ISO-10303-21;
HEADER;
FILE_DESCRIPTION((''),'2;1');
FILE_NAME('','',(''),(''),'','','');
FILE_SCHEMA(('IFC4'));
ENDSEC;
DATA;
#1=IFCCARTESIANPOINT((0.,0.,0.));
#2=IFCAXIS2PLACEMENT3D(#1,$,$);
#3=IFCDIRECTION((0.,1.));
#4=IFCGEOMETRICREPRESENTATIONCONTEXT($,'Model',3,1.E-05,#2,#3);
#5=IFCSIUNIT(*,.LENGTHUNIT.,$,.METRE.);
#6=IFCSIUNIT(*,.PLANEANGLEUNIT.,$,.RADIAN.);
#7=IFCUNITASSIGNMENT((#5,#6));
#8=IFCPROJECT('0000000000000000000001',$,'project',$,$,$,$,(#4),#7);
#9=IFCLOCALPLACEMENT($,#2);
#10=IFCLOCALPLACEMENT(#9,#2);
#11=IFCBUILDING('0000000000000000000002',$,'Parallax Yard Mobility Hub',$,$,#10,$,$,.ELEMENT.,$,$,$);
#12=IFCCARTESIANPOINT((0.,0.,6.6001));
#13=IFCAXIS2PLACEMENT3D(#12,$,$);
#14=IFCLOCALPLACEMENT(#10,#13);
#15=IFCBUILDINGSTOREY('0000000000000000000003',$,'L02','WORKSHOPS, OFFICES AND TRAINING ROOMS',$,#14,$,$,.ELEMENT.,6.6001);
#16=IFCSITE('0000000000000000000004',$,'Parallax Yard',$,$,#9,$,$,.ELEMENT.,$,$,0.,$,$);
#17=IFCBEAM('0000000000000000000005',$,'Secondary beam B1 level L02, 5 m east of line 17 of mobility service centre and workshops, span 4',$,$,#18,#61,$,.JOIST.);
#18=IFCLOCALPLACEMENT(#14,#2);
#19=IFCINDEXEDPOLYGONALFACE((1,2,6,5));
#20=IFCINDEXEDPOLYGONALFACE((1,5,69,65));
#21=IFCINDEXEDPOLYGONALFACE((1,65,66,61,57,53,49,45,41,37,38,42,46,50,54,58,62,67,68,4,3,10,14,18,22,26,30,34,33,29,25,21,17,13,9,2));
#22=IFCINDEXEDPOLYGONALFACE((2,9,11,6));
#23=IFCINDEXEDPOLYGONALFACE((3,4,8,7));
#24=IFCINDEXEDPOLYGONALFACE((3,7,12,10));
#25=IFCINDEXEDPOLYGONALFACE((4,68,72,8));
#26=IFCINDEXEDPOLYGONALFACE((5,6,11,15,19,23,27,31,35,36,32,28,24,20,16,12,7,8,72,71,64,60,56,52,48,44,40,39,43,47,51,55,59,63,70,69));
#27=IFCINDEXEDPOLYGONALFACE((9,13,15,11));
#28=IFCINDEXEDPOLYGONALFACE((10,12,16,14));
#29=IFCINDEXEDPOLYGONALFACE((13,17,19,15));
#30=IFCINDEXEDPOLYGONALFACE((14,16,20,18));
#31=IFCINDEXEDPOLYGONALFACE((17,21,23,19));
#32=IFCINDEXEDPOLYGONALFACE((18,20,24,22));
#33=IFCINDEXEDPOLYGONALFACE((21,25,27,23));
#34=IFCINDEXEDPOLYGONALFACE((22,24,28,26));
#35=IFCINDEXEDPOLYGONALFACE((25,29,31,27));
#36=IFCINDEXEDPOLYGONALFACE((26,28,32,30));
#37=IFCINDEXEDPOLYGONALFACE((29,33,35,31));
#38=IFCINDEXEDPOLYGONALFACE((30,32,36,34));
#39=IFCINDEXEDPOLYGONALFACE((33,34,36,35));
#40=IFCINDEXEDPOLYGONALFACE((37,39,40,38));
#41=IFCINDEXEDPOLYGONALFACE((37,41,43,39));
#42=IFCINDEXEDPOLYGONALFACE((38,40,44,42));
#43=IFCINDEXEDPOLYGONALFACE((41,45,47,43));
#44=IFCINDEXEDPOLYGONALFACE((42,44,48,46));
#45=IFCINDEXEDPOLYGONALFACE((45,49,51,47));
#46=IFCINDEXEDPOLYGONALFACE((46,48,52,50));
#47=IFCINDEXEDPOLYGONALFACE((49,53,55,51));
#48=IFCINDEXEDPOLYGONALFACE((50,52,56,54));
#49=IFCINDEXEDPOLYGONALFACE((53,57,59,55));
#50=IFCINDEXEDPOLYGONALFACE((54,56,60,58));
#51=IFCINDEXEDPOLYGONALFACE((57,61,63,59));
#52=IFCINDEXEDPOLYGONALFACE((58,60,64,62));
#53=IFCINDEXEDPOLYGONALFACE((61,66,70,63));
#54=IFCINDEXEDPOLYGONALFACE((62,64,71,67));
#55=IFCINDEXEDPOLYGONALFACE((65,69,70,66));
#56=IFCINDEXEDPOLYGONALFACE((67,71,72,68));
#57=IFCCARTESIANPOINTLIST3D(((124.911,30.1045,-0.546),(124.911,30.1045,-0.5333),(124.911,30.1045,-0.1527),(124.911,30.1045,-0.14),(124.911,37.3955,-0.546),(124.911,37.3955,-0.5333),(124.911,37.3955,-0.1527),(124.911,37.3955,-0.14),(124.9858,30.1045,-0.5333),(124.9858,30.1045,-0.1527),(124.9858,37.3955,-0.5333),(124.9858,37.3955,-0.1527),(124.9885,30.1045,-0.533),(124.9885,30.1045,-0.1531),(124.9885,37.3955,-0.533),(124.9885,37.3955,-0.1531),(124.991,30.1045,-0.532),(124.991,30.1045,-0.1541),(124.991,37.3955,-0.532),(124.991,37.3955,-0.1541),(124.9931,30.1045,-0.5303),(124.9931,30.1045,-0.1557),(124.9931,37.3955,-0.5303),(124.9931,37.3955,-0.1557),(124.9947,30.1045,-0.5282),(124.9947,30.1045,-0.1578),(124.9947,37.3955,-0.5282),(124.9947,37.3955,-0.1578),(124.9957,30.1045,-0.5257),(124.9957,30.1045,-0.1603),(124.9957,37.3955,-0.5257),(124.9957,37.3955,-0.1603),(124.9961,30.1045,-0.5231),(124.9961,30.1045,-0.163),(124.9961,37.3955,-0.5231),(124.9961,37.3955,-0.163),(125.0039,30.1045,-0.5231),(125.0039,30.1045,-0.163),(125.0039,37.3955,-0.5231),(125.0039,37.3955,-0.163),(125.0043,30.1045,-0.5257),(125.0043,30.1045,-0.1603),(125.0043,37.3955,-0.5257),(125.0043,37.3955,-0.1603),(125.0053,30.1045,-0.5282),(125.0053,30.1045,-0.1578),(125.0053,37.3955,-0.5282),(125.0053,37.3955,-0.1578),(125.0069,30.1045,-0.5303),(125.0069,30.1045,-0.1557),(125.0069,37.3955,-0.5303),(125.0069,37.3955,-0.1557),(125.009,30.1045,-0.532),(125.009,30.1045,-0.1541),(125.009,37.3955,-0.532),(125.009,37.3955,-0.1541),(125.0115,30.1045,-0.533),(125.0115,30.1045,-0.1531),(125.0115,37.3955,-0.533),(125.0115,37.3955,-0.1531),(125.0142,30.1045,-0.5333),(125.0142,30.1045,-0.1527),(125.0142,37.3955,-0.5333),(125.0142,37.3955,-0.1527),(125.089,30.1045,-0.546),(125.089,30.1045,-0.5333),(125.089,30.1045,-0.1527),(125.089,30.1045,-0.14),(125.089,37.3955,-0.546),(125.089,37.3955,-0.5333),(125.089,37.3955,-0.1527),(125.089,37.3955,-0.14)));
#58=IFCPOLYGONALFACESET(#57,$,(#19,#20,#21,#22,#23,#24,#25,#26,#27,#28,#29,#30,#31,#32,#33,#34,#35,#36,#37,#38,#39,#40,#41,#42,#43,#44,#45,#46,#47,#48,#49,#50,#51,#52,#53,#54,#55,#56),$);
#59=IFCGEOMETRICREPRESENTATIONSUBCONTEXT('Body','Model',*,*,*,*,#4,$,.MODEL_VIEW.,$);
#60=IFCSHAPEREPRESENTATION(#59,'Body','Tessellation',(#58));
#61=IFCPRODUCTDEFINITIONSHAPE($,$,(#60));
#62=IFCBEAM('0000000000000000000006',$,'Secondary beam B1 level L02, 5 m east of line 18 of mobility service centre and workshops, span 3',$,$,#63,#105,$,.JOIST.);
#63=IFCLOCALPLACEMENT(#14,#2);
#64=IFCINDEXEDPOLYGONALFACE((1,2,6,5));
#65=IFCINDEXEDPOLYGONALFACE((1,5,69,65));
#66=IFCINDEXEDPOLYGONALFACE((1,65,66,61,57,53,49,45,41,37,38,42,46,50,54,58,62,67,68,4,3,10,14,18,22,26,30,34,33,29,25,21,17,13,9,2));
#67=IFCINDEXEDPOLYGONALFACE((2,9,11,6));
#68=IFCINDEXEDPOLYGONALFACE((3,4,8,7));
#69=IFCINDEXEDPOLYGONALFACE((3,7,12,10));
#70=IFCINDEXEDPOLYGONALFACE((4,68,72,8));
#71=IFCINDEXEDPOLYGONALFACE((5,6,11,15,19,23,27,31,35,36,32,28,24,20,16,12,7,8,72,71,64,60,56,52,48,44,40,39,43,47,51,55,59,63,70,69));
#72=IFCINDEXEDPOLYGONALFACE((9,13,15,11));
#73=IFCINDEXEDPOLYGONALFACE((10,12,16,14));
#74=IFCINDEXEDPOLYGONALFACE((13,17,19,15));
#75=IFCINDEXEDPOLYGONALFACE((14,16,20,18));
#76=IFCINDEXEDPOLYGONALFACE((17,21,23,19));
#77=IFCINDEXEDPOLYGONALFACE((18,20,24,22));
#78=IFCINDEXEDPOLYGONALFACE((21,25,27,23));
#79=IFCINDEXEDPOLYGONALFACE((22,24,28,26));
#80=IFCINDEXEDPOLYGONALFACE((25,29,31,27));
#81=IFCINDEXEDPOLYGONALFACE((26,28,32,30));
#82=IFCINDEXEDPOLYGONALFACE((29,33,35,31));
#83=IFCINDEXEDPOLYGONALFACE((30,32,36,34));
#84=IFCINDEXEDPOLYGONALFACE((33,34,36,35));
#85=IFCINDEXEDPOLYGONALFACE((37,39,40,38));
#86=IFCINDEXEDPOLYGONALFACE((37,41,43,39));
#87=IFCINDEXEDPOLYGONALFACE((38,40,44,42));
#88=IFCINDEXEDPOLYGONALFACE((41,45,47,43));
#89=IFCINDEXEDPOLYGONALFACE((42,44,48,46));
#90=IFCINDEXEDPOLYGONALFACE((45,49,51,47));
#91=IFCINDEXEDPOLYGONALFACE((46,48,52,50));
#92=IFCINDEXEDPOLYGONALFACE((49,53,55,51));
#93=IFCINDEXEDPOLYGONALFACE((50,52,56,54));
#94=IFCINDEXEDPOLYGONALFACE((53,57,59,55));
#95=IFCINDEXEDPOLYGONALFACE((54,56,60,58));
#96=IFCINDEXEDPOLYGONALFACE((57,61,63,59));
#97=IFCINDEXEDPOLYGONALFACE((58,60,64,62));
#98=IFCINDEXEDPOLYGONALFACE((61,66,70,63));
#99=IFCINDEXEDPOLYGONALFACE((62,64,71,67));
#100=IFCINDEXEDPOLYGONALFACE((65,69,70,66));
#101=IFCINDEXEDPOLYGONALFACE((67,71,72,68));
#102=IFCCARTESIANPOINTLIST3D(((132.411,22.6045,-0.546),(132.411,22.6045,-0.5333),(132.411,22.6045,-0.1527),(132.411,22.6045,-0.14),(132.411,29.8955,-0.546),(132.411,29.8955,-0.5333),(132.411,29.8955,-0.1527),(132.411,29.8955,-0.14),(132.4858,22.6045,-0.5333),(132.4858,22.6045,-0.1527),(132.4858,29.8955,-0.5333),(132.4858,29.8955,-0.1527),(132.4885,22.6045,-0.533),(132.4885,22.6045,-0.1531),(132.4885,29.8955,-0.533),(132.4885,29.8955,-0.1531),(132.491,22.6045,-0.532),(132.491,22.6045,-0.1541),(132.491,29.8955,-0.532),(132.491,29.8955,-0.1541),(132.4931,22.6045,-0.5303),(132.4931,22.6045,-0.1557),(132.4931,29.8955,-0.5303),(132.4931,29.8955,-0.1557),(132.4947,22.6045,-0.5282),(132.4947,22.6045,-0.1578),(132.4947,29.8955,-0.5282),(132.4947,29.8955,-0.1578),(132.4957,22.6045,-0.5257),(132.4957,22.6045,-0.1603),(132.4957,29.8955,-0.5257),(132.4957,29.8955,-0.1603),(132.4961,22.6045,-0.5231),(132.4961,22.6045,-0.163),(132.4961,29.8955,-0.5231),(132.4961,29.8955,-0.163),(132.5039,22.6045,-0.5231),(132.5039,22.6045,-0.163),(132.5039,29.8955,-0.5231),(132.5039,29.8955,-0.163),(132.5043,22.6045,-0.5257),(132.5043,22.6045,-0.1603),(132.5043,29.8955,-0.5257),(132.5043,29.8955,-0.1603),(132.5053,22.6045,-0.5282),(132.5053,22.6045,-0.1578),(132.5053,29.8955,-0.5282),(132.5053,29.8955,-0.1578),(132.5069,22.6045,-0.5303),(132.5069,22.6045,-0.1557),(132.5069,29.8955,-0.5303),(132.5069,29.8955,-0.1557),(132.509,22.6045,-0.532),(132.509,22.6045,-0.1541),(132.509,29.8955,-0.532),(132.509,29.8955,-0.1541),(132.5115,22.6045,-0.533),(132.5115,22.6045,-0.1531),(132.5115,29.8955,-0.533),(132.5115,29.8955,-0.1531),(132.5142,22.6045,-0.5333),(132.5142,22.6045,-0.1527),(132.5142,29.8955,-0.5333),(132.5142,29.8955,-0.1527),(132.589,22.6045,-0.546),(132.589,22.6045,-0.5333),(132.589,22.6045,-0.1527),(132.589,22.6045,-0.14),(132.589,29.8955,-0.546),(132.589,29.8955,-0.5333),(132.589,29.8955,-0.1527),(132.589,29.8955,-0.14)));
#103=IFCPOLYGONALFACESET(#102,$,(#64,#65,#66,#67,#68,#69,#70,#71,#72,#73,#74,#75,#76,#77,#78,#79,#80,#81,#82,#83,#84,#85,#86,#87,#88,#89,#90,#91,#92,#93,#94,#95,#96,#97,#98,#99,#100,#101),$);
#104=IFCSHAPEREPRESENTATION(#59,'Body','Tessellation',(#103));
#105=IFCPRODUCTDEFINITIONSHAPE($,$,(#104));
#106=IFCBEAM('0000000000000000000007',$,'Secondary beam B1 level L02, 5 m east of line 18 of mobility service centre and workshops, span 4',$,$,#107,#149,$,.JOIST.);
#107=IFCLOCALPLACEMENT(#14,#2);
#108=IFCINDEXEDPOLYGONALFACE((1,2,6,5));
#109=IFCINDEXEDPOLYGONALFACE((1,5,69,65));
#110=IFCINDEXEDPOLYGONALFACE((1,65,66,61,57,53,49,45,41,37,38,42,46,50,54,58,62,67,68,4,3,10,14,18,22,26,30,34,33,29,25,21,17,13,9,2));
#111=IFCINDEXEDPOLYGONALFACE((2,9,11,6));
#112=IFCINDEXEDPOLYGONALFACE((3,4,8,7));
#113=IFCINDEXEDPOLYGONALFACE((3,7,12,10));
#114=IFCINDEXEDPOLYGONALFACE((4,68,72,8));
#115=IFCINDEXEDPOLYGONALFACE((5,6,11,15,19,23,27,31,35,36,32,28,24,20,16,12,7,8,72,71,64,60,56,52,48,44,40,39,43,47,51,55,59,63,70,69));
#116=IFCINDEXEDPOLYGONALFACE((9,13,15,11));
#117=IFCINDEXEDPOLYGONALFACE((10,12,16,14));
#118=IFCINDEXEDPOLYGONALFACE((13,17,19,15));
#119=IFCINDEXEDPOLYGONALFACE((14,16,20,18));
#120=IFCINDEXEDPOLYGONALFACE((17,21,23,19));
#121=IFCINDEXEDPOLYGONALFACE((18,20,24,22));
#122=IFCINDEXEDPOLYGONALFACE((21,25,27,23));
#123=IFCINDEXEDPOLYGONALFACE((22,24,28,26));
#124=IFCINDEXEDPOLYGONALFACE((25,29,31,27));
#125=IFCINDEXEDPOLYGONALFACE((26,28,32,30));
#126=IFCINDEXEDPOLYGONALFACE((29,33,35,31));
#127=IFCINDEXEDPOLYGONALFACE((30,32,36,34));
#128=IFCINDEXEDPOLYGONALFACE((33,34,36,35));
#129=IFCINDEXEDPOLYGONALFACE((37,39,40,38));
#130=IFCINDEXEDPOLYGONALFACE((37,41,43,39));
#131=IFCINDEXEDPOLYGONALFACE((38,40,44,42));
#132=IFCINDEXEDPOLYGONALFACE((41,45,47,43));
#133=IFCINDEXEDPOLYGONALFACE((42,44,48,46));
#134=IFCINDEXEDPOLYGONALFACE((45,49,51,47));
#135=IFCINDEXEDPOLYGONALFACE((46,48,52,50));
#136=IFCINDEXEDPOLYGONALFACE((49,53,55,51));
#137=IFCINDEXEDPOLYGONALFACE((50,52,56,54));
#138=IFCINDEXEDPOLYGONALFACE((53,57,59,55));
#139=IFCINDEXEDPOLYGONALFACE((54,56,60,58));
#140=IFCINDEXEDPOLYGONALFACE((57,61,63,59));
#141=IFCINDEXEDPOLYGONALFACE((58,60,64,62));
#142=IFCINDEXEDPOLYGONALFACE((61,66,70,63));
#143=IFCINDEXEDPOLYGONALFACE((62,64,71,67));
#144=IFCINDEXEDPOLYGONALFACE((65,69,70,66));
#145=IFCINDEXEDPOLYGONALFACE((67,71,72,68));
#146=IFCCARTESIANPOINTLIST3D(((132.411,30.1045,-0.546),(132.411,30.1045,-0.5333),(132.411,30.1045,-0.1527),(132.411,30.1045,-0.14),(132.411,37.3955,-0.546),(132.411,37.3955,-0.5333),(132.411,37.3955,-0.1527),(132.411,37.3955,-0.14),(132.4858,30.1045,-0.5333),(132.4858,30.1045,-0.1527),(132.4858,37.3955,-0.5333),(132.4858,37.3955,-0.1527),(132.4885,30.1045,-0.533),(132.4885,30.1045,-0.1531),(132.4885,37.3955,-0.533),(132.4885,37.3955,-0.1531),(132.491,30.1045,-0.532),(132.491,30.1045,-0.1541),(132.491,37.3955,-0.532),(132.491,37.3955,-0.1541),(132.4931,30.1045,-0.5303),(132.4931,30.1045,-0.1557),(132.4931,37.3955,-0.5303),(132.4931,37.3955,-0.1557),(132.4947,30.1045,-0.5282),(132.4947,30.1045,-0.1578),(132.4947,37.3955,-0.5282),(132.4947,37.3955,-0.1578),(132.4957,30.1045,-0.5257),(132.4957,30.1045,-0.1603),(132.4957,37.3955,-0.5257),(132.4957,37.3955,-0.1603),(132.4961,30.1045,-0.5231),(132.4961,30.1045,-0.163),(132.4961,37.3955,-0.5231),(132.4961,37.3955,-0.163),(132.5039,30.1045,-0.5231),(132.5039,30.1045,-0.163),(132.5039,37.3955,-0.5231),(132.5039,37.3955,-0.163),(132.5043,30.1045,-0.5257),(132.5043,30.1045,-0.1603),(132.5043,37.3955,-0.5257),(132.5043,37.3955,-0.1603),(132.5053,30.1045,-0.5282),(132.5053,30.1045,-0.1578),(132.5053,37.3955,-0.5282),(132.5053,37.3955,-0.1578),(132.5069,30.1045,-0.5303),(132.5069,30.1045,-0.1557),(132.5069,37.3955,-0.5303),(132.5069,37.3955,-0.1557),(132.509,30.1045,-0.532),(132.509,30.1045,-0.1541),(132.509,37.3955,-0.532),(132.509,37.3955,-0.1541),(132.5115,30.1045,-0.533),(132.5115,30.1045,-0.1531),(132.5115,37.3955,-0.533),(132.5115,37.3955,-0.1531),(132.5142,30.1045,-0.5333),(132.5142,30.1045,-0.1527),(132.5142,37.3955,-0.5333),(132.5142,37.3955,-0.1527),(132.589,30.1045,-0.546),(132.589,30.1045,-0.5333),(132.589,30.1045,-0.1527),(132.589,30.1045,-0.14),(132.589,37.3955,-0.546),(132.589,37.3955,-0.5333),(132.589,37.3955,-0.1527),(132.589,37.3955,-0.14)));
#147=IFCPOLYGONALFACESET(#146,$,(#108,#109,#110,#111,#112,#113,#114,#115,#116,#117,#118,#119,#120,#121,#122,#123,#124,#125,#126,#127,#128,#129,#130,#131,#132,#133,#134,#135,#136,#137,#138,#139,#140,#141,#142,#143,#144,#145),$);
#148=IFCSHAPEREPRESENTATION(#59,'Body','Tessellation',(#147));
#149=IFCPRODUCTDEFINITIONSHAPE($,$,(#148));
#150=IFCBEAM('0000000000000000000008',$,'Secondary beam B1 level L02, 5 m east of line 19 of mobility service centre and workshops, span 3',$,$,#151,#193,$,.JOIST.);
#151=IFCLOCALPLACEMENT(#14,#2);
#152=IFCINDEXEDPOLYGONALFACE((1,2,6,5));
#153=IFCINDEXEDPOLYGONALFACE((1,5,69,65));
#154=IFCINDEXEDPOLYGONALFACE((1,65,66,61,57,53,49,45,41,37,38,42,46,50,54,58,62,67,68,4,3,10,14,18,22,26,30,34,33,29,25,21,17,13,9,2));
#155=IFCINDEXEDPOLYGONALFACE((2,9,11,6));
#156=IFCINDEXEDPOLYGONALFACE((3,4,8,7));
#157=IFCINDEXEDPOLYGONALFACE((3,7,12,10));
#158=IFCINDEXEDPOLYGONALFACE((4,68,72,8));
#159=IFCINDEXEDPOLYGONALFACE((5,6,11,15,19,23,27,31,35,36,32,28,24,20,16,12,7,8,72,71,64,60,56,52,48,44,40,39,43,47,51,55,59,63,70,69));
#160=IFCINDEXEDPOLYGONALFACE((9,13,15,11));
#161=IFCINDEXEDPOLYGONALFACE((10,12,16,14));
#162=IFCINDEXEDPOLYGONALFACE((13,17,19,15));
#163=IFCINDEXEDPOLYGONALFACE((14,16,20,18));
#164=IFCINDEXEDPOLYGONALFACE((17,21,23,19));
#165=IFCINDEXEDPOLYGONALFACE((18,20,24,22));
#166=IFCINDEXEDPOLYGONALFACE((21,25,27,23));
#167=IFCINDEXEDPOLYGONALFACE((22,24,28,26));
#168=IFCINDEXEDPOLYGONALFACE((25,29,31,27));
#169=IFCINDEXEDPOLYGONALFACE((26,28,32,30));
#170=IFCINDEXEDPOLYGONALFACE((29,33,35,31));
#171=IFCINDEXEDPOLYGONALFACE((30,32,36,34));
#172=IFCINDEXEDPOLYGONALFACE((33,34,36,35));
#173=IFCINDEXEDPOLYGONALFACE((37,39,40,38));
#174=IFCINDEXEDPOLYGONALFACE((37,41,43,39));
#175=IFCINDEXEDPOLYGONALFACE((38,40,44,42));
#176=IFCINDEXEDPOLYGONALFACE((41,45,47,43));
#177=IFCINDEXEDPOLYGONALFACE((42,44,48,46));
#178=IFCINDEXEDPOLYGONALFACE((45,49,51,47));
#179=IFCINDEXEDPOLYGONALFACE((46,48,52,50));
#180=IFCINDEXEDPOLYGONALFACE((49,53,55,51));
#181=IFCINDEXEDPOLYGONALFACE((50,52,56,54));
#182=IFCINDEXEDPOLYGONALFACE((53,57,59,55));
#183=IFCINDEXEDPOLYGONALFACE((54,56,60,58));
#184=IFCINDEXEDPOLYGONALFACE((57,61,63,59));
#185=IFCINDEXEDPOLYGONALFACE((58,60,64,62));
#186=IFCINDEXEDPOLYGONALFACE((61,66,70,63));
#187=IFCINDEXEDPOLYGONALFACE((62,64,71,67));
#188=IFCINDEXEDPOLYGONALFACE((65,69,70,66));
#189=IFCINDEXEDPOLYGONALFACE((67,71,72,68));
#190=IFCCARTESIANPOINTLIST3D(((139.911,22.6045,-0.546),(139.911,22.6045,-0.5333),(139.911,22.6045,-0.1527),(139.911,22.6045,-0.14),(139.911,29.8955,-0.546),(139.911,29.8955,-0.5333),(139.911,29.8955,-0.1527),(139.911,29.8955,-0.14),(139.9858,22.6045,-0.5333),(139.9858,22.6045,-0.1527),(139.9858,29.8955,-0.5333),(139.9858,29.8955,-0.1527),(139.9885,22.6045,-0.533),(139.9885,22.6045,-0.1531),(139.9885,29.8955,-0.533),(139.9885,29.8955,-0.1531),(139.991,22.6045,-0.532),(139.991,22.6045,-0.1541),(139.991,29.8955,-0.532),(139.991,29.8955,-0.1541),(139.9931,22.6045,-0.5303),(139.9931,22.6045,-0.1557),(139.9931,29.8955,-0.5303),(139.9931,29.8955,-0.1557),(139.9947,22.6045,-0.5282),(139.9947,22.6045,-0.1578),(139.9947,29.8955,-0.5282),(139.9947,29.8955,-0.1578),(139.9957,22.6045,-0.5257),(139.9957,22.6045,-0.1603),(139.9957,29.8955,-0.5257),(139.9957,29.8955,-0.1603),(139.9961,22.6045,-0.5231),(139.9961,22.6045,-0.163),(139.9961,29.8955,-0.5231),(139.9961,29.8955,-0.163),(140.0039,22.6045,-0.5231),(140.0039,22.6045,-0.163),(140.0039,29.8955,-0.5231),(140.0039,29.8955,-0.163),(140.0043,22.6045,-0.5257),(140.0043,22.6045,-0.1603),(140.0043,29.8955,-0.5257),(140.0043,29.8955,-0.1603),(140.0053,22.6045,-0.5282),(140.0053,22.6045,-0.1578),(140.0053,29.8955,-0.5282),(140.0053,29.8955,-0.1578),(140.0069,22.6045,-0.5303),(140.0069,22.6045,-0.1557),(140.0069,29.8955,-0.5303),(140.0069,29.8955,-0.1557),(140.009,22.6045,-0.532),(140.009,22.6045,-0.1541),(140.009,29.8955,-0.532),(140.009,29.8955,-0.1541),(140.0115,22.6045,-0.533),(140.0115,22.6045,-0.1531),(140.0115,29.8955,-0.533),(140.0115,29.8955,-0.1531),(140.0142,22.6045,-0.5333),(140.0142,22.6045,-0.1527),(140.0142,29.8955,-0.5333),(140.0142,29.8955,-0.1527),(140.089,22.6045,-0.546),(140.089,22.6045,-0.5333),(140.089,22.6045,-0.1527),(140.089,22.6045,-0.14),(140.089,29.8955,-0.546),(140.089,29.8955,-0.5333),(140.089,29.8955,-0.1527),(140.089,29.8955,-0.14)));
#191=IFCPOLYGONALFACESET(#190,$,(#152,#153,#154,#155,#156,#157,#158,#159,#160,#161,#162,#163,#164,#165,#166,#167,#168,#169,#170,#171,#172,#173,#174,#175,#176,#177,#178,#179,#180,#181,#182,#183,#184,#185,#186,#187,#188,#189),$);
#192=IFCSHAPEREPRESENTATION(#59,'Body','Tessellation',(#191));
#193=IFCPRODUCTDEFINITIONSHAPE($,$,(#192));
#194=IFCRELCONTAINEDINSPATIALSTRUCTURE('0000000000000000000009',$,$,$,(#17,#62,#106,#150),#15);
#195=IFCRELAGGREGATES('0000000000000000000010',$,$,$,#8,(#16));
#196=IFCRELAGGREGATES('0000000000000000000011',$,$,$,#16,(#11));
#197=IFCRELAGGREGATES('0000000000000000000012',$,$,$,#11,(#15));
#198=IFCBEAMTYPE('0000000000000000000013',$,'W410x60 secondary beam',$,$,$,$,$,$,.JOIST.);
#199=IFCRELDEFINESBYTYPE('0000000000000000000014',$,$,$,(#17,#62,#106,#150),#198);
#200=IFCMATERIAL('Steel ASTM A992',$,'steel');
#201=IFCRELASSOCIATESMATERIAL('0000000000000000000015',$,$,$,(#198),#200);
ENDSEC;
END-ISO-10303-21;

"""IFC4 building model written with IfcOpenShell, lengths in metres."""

from ifc_helpers import new_model, si_unit, direction, frame, origin, origin_2d, place, context, subcontext, project, spatial, i_section, extrude, material, material_profile, profile_set, type_object, element, save


model = new_model("IFC4")

# Units and contexts
model_context = context("Model", 3, precision=1e-05, world=origin(), true_north=direction((0.0, 1.0)))
body_context = subcontext(model_context, "Body", "Model", "MODEL_VIEW")
ifc_project = project(units=[si_unit("LENGTHUNIT", "METRE"), si_unit("PLANEANGLEUNIT", "RADIAN")], contexts=[model_context])

# Site, building, storey
site_placement = place(None, origin())
site = spatial("IfcSite", under=ifc_project, at=site_placement, Name="Parallax Yard", CompositionType="ELEMENT", RefElevation=0.0)
building_placement = place(site_placement, origin())
building = spatial("IfcBuilding", under=site, at=building_placement, Name="Parallax Yard Mobility Hub", CompositionType="ELEMENT")
storey_placement = place(building_placement, frame((0.0, 0.0, 6.6001)))
storey = spatial("IfcBuildingStorey", under=building, at=storey_placement, Name="L02", Description="WORKSHOPS, OFFICES AND TRAINING ROOMS", CompositionType="ELEMENT", Elevation=6.6001)

# Shared definitions
ifc_material_1 = material(Name="Steel ASTM A992", Category="steel")

# Beams
ifc_material_profile_1 = material_profile(ifc_material_1, i_section(OverallWidth=0.178, OverallDepth=0.406, WebThickness=0.0078, FlangeThickness=0.0127, FilletRadius=0.0103, at=origin_2d()), Name="W410x60")
ifc_profile_set_1 = profile_set([ifc_material_profile_1], Name="Steel ASTM A992")
beam_type_1 = type_object("IfcBeamType", Name="W410x60 secondary beam", PredefinedType="JOIST", material=ifc_profile_set_1)
for number, where, z_axis, x_axis, name in (
    (1, (125.0, 30.1045, -0.343), (0.0, 1.0, 0.0), (-1.0, 0.0, 0.0), "Secondary beam B1 level L02, 5 m east of line 17 of mobility service centre and workshops, span 4"),
    (2, (132.5, 22.6045, -0.343), (0.0, 1.0, 0.0), (-1.0, 0.0, 0.0), "Secondary beam B1 level L02, 5 m east of line 18 of mobility service centre and workshops, span 3"),
    (3, (132.5, 30.1045, -0.343), (0.0, 1.0, 0.0), (-1.0, 0.0, 0.0), "Secondary beam B1 level L02, 5 m east of line 18 of mobility service centre and workshops, span 4"),
    (4, (140.0, 22.6045, -0.343), (0.0, 1.0, 0.0), (-1.0, 0.0, 0.0), "Secondary beam B1 level L02, 5 m east of line 19 of mobility service centre and workshops, span 3"),
):
    element("IfcBeam", number, at=place(storey_placement, frame(where, z_axis=z_axis, x_axis=x_axis)), inside=storey, type_object=beam_type_1, Name=name, PredefinedType="JOIST", context=body_context, shape_type="SweptSolid", body=[
        extrude(i_section(OverallWidth=0.178, OverallDepth=0.406, WebThickness=0.0078, FlangeThickness=0.0127, FilletRadius=0.0103, at=origin_2d()), origin(), (0.0, 0.0, 1.0), 7.291),
    ])

save(model, "model.ifc")
